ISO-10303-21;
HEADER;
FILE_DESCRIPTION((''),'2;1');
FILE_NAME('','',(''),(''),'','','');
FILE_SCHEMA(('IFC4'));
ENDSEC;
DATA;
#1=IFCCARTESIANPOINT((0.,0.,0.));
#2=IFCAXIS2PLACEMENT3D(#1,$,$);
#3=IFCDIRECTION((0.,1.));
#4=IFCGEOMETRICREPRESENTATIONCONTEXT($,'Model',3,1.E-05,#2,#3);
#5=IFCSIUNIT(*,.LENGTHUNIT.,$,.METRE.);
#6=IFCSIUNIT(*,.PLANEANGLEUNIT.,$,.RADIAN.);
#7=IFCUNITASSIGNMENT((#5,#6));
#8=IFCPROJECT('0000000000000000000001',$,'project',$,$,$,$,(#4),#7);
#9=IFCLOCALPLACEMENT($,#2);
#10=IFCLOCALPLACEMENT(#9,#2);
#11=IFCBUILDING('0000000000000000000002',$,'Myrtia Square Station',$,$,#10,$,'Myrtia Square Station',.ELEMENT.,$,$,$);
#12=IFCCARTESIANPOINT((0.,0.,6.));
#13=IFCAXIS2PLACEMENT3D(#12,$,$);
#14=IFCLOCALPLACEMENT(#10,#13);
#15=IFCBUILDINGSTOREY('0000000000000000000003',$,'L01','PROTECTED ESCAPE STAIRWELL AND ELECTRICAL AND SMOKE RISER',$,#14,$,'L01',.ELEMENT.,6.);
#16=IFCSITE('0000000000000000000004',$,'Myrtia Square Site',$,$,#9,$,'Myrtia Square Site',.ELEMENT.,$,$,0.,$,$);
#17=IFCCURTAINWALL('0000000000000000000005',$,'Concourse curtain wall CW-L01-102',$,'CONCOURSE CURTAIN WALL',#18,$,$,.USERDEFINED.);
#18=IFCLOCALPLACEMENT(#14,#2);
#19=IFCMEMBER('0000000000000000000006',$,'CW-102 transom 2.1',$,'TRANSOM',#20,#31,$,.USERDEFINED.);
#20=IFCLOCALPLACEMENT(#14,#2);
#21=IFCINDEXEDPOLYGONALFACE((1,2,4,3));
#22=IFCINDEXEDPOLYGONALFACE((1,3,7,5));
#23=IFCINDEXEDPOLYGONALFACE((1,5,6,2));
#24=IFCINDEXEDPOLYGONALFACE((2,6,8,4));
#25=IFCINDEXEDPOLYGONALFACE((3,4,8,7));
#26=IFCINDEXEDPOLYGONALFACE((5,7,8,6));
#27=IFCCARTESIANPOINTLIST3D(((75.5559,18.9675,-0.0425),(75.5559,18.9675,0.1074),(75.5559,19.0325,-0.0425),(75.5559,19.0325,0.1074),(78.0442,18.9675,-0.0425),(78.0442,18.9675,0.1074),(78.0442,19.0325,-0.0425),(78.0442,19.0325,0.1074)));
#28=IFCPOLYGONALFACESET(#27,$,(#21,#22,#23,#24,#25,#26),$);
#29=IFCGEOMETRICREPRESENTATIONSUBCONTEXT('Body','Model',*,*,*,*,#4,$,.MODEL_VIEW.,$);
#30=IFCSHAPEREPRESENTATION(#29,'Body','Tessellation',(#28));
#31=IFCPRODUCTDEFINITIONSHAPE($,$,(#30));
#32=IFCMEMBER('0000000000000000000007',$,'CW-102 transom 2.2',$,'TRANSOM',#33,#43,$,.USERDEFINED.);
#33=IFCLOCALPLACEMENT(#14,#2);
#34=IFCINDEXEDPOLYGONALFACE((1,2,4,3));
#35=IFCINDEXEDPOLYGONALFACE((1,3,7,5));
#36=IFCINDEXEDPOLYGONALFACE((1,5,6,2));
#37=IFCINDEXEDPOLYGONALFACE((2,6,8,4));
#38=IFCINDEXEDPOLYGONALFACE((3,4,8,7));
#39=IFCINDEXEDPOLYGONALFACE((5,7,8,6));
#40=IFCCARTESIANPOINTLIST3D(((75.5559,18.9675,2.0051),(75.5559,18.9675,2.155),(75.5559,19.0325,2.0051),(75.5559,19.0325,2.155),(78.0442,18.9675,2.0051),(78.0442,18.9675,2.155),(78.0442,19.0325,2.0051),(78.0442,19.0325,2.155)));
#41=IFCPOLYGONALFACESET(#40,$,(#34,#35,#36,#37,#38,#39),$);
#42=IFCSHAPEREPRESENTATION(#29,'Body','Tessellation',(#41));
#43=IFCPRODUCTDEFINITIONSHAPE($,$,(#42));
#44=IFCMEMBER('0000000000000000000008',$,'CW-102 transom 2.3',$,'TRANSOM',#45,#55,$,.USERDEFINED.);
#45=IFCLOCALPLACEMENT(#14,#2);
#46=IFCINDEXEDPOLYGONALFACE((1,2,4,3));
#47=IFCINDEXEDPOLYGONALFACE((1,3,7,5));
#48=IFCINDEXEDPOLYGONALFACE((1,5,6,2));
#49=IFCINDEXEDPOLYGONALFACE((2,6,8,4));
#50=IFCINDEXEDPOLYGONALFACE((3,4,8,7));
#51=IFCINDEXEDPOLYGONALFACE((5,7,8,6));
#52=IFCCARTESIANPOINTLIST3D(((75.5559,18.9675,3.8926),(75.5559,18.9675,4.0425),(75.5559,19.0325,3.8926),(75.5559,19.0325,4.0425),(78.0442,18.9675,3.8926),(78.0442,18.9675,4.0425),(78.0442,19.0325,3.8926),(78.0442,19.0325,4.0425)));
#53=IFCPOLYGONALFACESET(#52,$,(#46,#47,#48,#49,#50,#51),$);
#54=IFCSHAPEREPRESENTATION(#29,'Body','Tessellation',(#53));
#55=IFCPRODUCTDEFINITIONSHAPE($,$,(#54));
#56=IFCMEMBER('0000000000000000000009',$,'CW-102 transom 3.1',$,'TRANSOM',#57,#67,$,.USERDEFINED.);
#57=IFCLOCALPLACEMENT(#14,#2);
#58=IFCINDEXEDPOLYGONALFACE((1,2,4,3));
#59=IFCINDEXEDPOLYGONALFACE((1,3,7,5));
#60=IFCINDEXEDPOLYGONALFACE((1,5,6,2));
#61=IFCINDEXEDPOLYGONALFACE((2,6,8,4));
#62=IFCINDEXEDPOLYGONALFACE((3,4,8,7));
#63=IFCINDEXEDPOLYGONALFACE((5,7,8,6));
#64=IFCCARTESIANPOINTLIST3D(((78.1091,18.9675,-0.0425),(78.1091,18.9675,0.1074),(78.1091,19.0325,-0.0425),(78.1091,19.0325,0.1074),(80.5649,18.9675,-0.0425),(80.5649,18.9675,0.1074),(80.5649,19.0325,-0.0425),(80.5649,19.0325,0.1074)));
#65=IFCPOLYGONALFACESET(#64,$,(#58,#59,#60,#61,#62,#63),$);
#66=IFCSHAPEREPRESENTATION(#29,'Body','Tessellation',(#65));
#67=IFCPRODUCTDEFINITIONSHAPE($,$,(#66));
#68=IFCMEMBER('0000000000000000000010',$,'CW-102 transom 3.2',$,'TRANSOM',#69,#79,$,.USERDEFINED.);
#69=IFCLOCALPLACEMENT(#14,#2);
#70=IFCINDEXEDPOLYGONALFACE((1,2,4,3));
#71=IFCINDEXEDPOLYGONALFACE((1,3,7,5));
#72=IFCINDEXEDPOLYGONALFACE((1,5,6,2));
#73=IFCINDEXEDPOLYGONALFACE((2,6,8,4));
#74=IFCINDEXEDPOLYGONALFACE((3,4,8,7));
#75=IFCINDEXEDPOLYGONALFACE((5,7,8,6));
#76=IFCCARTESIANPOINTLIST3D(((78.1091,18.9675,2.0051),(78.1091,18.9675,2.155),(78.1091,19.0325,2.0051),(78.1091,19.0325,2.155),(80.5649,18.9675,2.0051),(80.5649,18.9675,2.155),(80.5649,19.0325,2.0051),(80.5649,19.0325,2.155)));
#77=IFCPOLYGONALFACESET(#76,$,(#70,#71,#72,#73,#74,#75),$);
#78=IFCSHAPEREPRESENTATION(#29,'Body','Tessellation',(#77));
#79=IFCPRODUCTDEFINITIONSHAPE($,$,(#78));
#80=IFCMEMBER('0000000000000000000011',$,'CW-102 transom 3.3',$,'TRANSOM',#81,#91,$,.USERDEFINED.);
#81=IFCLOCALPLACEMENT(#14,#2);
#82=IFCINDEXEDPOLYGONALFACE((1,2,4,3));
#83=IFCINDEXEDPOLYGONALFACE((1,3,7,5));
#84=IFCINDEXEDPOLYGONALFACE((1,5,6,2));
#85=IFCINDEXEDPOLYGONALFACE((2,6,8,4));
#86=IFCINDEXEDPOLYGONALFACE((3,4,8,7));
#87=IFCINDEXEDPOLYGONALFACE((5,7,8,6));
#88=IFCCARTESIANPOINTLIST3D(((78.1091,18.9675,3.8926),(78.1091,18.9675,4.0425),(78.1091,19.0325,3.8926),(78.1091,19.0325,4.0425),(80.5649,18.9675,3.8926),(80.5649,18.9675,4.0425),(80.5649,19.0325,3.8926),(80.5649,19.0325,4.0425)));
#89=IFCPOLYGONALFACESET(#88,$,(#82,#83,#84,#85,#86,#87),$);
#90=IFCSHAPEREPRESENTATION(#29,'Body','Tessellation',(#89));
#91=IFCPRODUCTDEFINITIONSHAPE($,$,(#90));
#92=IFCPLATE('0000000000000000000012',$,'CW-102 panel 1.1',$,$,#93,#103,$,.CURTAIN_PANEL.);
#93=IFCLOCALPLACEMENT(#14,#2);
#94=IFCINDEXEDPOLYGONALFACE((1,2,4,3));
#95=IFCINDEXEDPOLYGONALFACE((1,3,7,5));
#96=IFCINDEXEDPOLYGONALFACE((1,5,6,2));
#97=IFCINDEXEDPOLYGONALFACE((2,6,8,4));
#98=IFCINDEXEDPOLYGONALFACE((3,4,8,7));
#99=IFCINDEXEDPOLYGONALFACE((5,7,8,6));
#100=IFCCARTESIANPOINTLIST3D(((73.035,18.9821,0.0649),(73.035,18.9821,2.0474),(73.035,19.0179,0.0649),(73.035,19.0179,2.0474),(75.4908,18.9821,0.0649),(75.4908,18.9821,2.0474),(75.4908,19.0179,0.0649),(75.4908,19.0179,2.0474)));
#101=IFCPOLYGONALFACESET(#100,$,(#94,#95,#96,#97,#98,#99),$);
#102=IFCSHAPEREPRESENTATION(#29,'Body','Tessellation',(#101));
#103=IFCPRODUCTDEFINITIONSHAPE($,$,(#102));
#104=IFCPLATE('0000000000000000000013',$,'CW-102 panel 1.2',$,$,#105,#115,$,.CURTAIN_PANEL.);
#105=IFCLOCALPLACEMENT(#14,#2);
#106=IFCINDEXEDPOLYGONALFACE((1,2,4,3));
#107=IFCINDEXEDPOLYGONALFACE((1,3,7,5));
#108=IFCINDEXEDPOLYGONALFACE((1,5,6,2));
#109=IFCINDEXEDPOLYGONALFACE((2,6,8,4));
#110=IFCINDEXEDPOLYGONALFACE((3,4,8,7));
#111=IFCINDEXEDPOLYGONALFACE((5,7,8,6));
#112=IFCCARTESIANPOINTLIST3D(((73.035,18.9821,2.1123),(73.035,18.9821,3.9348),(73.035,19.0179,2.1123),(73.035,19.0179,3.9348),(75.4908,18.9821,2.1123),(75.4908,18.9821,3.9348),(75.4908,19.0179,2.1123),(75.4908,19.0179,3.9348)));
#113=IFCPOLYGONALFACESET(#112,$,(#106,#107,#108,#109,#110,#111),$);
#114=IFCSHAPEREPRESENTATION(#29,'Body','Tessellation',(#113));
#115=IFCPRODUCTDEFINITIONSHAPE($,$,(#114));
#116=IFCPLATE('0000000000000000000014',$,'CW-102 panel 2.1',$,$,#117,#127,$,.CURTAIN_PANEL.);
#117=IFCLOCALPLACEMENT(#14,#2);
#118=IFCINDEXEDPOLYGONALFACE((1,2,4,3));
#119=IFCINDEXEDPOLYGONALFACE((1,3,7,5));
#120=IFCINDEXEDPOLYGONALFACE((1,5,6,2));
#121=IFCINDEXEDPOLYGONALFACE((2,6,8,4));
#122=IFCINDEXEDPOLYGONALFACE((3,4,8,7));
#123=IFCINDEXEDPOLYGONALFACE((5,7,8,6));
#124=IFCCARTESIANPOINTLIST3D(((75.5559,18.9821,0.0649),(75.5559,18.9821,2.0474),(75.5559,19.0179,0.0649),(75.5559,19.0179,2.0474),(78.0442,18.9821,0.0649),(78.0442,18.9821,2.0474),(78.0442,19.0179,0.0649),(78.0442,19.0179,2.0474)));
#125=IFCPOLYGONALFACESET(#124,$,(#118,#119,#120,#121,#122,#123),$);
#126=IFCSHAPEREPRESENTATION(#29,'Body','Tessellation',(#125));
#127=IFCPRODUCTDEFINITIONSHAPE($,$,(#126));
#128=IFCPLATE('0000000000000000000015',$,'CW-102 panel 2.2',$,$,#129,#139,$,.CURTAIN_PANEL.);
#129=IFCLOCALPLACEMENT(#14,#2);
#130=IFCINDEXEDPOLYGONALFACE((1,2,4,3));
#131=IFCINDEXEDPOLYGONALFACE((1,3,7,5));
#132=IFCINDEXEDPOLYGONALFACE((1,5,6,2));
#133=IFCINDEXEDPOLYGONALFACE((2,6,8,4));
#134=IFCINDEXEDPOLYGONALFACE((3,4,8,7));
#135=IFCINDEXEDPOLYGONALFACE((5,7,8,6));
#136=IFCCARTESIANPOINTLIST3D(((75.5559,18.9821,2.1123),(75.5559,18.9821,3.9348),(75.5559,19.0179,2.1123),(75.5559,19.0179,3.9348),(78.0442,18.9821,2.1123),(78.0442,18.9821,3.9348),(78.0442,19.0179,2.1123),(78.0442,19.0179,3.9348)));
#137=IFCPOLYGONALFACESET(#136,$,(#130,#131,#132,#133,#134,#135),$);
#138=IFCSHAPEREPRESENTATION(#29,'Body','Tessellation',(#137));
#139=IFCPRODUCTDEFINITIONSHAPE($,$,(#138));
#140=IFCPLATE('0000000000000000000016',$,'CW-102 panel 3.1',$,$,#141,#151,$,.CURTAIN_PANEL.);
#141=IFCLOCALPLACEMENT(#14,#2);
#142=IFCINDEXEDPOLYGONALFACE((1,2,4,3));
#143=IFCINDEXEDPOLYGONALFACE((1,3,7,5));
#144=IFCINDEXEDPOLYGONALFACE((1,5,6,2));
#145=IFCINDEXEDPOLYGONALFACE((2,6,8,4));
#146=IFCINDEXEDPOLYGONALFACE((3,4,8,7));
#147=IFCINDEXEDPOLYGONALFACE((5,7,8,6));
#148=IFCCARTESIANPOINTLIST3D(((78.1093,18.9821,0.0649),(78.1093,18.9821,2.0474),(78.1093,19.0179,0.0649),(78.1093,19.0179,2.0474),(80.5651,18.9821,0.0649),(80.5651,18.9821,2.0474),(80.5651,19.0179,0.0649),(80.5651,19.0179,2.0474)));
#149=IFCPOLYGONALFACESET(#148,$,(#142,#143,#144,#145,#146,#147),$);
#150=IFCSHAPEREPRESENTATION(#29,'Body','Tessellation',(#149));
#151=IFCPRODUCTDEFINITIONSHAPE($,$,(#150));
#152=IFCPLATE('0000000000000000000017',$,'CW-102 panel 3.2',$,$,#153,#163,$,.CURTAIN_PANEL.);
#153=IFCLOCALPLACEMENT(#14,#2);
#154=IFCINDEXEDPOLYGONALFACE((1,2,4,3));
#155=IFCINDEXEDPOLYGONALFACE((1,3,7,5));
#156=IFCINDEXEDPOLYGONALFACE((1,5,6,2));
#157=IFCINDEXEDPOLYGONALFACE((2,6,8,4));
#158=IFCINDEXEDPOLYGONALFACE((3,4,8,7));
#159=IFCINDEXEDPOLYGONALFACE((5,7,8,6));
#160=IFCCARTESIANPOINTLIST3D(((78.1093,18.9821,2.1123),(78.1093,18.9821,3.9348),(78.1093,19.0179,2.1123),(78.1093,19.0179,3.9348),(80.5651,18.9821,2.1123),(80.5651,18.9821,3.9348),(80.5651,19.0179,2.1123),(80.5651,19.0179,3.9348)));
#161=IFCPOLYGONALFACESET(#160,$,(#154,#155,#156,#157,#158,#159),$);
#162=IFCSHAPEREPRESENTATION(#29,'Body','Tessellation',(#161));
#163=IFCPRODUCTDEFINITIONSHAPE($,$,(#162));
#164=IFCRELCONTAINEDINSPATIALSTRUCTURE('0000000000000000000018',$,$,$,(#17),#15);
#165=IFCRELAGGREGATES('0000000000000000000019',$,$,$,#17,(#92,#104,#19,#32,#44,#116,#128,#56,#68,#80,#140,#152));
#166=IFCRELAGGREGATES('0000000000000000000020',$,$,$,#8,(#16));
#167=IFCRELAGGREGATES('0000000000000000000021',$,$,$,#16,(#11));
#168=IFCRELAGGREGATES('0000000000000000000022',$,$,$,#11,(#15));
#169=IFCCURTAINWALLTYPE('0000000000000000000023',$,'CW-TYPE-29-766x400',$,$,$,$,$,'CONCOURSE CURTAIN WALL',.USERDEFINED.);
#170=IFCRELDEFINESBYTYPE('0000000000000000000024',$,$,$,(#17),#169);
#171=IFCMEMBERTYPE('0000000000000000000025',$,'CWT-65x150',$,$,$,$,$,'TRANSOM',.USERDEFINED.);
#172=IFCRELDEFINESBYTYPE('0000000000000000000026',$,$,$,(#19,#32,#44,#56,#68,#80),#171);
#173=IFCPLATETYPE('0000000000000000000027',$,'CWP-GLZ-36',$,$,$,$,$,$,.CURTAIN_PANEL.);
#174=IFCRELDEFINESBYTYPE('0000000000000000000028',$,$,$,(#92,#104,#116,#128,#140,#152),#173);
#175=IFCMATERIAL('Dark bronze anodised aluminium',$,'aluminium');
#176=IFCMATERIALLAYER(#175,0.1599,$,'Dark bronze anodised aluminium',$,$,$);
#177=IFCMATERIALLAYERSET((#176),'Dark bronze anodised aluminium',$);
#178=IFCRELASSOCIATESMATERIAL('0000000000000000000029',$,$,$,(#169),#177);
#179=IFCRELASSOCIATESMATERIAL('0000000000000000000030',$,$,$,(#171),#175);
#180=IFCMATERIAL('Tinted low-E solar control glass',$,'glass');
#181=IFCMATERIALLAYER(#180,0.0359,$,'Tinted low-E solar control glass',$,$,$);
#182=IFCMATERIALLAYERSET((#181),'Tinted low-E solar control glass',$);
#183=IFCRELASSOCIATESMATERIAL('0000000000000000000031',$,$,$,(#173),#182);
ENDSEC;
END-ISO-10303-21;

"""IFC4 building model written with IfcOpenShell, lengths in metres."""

from ifc_helpers import new_model, si_unit, direction, frame, origin, origin_2d, place, context, subcontext, project, spatial, rectangle, extrude, material, layer, layer_set, material_profile, profile_set, type_object, element, aggregate, save


model = new_model("IFC4")

# Units and contexts
model_context = context("Model", 3, precision=1e-05, world=origin(), true_north=direction((0.0, 1.0)))
body_context = subcontext(model_context, "Body", "Model", "MODEL_VIEW")
ifc_project = project(units=[si_unit("LENGTHUNIT", "METRE"), si_unit("PLANEANGLEUNIT", "RADIAN")], contexts=[model_context])

# Site, building, storey
site_placement = place(None, origin())
site = spatial("IfcSite", under=ifc_project, at=site_placement, Name="Myrtia Square Site", LongName="Myrtia Square Site", CompositionType="ELEMENT", RefElevation=0.0)
building_placement = place(site_placement, origin())
building = spatial("IfcBuilding", under=site, at=building_placement, Name="Myrtia Square Station", LongName="Myrtia Square Station", CompositionType="ELEMENT")
storey_placement = place(building_placement, frame((0.0, 0.0, 6.0)))
storey = spatial("IfcBuildingStorey", under=building, at=storey_placement, Name="L01", Description="PROTECTED ESCAPE STAIRWELL AND ELECTRICAL AND SMOKE RISER", LongName="L01", CompositionType="ELEMENT", Elevation=6.0)

# Curtain wall, members, plates
ifc_material_1 = material(Name="Dark bronze anodised aluminium", Category="aluminium")
ifc_layer_1 = layer(ifc_material_1, 0.1599, Name="Dark bronze anodised aluminium")
ifc_layer_set_1 = layer_set([ifc_layer_1], Name="Dark bronze anodised aluminium")
curtain_wall_type = type_object("IfcCurtainWallType", Name="CW-TYPE-29-766x400", ElementType="CONCOURSE CURTAIN WALL", PredefinedType="USERDEFINED", material=ifc_layer_set_1)
curtain_wall_placement = place(storey_placement, origin())
curtain_wall = element("IfcCurtainWall", 1, at=curtain_wall_placement, inside=storey, type_object=curtain_wall_type, Name="Concourse curtain wall CW-L01-102", ObjectType="CONCOURSE CURTAIN WALL", PredefinedType="USERDEFINED")
ifc_material_profile_1 = material_profile(ifc_material_1, rectangle(XDim=0.0649, YDim=0.1499, at=origin_2d()), Name="ALU-T 65x150")
ifc_profile_set_1 = profile_set([ifc_material_profile_1], Name="Dark bronze anodised aluminium")
member_type_1 = type_object("IfcMemberType", Name="CWT-65x150", ElementType="TRANSOM", PredefinedType="USERDEFINED", material=ifc_profile_set_1)
member_1_placement = place(storey_placement, frame((75.5559, 19.0, 0.0325), z_axis=(1.0, 0.0, 0.0), x_axis=(0.0, 1.0, 0.0)))
member_1 = element("IfcMember", 2, at=member_1_placement, type_object=member_type_1, Name="CW-102 transom 2.1", ObjectType="TRANSOM", PredefinedType="USERDEFINED", context=body_context, shape_type="SweptSolid", body=[
    extrude(rectangle(XDim=0.0649, YDim=0.1499, at=origin_2d()), origin(), (0.0, 0.0, 1.0), 2.4883),
])
member_2_placement = place(storey_placement, frame((75.5559, 19.0, 2.0801), z_axis=(1.0, 0.0, 0.0), x_axis=(0.0, 1.0, 0.0)))
member_2 = element("IfcMember", 3, at=member_2_placement, type_object=member_type_1, Name="CW-102 transom 2.2", ObjectType="TRANSOM", PredefinedType="USERDEFINED", context=body_context, shape_type="SweptSolid", body=[
    extrude(rectangle(XDim=0.0649, YDim=0.1499, at=origin_2d()), origin(), (0.0, 0.0, 1.0), 2.4883),
])
member_3_placement = place(storey_placement, frame((75.5559, 19.0, 3.9675), z_axis=(1.0, 0.0, 0.0), x_axis=(0.0, 1.0, 0.0)))
member_3 = element("IfcMember", 4, at=member_3_placement, type_object=member_type_1, Name="CW-102 transom 2.3", ObjectType="TRANSOM", PredefinedType="USERDEFINED", context=body_context, shape_type="SweptSolid", body=[
    extrude(rectangle(XDim=0.0649, YDim=0.1499, at=origin_2d()), origin(), (0.0, 0.0, 1.0), 2.4883),
])
member_4_placement = place(storey_placement, frame((78.1091, 19.0, 0.0325), z_axis=(1.0, 0.0, 0.0), x_axis=(0.0, 1.0, 0.0)))
member_4 = element("IfcMember", 5, at=member_4_placement, type_object=member_type_1, Name="CW-102 transom 3.1", ObjectType="TRANSOM", PredefinedType="USERDEFINED", context=body_context, shape_type="SweptSolid", body=[
    extrude(rectangle(XDim=0.0649, YDim=0.1499, at=origin_2d()), origin(), (0.0, 0.0, 1.0), 2.4558),
])
member_5_placement = place(storey_placement, frame((78.1091, 19.0, 2.0801), z_axis=(1.0, 0.0, 0.0), x_axis=(0.0, 1.0, 0.0)))
member_5 = element("IfcMember", 6, at=member_5_placement, type_object=member_type_1, Name="CW-102 transom 3.2", ObjectType="TRANSOM", PredefinedType="USERDEFINED", context=body_context, shape_type="SweptSolid", body=[
    extrude(rectangle(XDim=0.0649, YDim=0.1499, at=origin_2d()), origin(), (0.0, 0.0, 1.0), 2.4558),
])
member_6_placement = place(storey_placement, frame((78.1091, 19.0, 3.9675), z_axis=(1.0, 0.0, 0.0), x_axis=(0.0, 1.0, 0.0)))
member_6 = element("IfcMember", 7, at=member_6_placement, type_object=member_type_1, Name="CW-102 transom 3.3", ObjectType="TRANSOM", PredefinedType="USERDEFINED", context=body_context, shape_type="SweptSolid", body=[
    extrude(rectangle(XDim=0.0649, YDim=0.1499, at=origin_2d()), origin(), (0.0, 0.0, 1.0), 2.4558),
])
ifc_material_2 = material(Name="Tinted low-E solar control glass", Category="glass")
ifc_layer_2 = layer(ifc_material_2, 0.0359, Name="Tinted low-E solar control glass")
ifc_layer_set_2 = layer_set([ifc_layer_2], Name="Tinted low-E solar control glass")
plate_type = type_object("IfcPlateType", Name="CWP-GLZ-36", PredefinedType="CURTAIN_PANEL", material=ifc_layer_set_2)
plate_1_placement = place(storey_placement, frame((74.2629, 19.0, 0.0649), z_axis=(0.0, 0.0, 1.0), x_axis=(1.0, 0.0, 0.0)))
plate_1 = element("IfcPlate", 8, at=plate_1_placement, type_object=plate_type, Name="CW-102 panel 1.1", PredefinedType="CURTAIN_PANEL", context=body_context, shape_type="SweptSolid", body=[
    extrude(rectangle(XDim=2.4558, YDim=0.0359, at=origin_2d()), origin(), (0.0, 0.0, 1.0), 1.9824),
])
plate_2_placement = place(storey_placement, frame((74.2629, 19.0, 2.1123), z_axis=(0.0, 0.0, 1.0), x_axis=(1.0, 0.0, 0.0)))
plate_2 = element("IfcPlate", 9, at=plate_2_placement, type_object=plate_type, Name="CW-102 panel 1.2", PredefinedType="CURTAIN_PANEL", context=body_context, shape_type="SweptSolid", body=[
    extrude(rectangle(XDim=2.4558, YDim=0.0359, at=origin_2d()), origin(), (0.0, 0.0, 1.0), 1.8225),
])
plate_3_placement = place(storey_placement, frame((76.8, 19.0, 0.0649), z_axis=(0.0, 0.0, 1.0), x_axis=(1.0, 0.0, 0.0)))
plate_3 = element("IfcPlate", 10, at=plate_3_placement, type_object=plate_type, Name="CW-102 panel 2.1", PredefinedType="CURTAIN_PANEL", context=body_context, shape_type="SweptSolid", body=[
    extrude(rectangle(XDim=2.4883, YDim=0.0359, at=origin_2d()), origin(), (0.0, 0.0, 1.0), 1.9824),
])
plate_4_placement = place(storey_placement, frame((76.8, 19.0, 2.1123), z_axis=(0.0, 0.0, 1.0), x_axis=(1.0, 0.0, 0.0)))
plate_4 = element("IfcPlate", 11, at=plate_4_placement, type_object=plate_type, Name="CW-102 panel 2.2", PredefinedType="CURTAIN_PANEL", context=body_context, shape_type="SweptSolid", body=[
    extrude(rectangle(XDim=2.4883, YDim=0.0359, at=origin_2d()), origin(), (0.0, 0.0, 1.0), 1.8225),
])
plate_5_placement = place(storey_placement, frame((79.3372, 19.0, 0.0649), z_axis=(0.0, 0.0, 1.0), x_axis=(1.0, 0.0, 0.0)))
plate_5 = element("IfcPlate", 12, at=plate_5_placement, type_object=plate_type, Name="CW-102 panel 3.1", PredefinedType="CURTAIN_PANEL", context=body_context, shape_type="SweptSolid", body=[
    extrude(rectangle(XDim=2.4558, YDim=0.0359, at=origin_2d()), origin(), (0.0, 0.0, 1.0), 1.9824),
])
plate_6_placement = place(storey_placement, frame((79.3372, 19.0, 2.1123), z_axis=(0.0, 0.0, 1.0), x_axis=(1.0, 0.0, 0.0)))
plate_6 = element("IfcPlate", 13, at=plate_6_placement, type_object=plate_type, Name="CW-102 panel 3.2", PredefinedType="CURTAIN_PANEL", context=body_context, shape_type="SweptSolid", body=[
    extrude(rectangle(XDim=2.4558, YDim=0.0359, at=origin_2d()), origin(), (0.0, 0.0, 1.0), 1.8225),
])
aggregate(curtain_wall, [plate_1, plate_2, member_1, member_2, member_3, plate_3, plate_4, member_4, member_5, member_6, plate_5, plate_6])

save(model, "model.ifc")
